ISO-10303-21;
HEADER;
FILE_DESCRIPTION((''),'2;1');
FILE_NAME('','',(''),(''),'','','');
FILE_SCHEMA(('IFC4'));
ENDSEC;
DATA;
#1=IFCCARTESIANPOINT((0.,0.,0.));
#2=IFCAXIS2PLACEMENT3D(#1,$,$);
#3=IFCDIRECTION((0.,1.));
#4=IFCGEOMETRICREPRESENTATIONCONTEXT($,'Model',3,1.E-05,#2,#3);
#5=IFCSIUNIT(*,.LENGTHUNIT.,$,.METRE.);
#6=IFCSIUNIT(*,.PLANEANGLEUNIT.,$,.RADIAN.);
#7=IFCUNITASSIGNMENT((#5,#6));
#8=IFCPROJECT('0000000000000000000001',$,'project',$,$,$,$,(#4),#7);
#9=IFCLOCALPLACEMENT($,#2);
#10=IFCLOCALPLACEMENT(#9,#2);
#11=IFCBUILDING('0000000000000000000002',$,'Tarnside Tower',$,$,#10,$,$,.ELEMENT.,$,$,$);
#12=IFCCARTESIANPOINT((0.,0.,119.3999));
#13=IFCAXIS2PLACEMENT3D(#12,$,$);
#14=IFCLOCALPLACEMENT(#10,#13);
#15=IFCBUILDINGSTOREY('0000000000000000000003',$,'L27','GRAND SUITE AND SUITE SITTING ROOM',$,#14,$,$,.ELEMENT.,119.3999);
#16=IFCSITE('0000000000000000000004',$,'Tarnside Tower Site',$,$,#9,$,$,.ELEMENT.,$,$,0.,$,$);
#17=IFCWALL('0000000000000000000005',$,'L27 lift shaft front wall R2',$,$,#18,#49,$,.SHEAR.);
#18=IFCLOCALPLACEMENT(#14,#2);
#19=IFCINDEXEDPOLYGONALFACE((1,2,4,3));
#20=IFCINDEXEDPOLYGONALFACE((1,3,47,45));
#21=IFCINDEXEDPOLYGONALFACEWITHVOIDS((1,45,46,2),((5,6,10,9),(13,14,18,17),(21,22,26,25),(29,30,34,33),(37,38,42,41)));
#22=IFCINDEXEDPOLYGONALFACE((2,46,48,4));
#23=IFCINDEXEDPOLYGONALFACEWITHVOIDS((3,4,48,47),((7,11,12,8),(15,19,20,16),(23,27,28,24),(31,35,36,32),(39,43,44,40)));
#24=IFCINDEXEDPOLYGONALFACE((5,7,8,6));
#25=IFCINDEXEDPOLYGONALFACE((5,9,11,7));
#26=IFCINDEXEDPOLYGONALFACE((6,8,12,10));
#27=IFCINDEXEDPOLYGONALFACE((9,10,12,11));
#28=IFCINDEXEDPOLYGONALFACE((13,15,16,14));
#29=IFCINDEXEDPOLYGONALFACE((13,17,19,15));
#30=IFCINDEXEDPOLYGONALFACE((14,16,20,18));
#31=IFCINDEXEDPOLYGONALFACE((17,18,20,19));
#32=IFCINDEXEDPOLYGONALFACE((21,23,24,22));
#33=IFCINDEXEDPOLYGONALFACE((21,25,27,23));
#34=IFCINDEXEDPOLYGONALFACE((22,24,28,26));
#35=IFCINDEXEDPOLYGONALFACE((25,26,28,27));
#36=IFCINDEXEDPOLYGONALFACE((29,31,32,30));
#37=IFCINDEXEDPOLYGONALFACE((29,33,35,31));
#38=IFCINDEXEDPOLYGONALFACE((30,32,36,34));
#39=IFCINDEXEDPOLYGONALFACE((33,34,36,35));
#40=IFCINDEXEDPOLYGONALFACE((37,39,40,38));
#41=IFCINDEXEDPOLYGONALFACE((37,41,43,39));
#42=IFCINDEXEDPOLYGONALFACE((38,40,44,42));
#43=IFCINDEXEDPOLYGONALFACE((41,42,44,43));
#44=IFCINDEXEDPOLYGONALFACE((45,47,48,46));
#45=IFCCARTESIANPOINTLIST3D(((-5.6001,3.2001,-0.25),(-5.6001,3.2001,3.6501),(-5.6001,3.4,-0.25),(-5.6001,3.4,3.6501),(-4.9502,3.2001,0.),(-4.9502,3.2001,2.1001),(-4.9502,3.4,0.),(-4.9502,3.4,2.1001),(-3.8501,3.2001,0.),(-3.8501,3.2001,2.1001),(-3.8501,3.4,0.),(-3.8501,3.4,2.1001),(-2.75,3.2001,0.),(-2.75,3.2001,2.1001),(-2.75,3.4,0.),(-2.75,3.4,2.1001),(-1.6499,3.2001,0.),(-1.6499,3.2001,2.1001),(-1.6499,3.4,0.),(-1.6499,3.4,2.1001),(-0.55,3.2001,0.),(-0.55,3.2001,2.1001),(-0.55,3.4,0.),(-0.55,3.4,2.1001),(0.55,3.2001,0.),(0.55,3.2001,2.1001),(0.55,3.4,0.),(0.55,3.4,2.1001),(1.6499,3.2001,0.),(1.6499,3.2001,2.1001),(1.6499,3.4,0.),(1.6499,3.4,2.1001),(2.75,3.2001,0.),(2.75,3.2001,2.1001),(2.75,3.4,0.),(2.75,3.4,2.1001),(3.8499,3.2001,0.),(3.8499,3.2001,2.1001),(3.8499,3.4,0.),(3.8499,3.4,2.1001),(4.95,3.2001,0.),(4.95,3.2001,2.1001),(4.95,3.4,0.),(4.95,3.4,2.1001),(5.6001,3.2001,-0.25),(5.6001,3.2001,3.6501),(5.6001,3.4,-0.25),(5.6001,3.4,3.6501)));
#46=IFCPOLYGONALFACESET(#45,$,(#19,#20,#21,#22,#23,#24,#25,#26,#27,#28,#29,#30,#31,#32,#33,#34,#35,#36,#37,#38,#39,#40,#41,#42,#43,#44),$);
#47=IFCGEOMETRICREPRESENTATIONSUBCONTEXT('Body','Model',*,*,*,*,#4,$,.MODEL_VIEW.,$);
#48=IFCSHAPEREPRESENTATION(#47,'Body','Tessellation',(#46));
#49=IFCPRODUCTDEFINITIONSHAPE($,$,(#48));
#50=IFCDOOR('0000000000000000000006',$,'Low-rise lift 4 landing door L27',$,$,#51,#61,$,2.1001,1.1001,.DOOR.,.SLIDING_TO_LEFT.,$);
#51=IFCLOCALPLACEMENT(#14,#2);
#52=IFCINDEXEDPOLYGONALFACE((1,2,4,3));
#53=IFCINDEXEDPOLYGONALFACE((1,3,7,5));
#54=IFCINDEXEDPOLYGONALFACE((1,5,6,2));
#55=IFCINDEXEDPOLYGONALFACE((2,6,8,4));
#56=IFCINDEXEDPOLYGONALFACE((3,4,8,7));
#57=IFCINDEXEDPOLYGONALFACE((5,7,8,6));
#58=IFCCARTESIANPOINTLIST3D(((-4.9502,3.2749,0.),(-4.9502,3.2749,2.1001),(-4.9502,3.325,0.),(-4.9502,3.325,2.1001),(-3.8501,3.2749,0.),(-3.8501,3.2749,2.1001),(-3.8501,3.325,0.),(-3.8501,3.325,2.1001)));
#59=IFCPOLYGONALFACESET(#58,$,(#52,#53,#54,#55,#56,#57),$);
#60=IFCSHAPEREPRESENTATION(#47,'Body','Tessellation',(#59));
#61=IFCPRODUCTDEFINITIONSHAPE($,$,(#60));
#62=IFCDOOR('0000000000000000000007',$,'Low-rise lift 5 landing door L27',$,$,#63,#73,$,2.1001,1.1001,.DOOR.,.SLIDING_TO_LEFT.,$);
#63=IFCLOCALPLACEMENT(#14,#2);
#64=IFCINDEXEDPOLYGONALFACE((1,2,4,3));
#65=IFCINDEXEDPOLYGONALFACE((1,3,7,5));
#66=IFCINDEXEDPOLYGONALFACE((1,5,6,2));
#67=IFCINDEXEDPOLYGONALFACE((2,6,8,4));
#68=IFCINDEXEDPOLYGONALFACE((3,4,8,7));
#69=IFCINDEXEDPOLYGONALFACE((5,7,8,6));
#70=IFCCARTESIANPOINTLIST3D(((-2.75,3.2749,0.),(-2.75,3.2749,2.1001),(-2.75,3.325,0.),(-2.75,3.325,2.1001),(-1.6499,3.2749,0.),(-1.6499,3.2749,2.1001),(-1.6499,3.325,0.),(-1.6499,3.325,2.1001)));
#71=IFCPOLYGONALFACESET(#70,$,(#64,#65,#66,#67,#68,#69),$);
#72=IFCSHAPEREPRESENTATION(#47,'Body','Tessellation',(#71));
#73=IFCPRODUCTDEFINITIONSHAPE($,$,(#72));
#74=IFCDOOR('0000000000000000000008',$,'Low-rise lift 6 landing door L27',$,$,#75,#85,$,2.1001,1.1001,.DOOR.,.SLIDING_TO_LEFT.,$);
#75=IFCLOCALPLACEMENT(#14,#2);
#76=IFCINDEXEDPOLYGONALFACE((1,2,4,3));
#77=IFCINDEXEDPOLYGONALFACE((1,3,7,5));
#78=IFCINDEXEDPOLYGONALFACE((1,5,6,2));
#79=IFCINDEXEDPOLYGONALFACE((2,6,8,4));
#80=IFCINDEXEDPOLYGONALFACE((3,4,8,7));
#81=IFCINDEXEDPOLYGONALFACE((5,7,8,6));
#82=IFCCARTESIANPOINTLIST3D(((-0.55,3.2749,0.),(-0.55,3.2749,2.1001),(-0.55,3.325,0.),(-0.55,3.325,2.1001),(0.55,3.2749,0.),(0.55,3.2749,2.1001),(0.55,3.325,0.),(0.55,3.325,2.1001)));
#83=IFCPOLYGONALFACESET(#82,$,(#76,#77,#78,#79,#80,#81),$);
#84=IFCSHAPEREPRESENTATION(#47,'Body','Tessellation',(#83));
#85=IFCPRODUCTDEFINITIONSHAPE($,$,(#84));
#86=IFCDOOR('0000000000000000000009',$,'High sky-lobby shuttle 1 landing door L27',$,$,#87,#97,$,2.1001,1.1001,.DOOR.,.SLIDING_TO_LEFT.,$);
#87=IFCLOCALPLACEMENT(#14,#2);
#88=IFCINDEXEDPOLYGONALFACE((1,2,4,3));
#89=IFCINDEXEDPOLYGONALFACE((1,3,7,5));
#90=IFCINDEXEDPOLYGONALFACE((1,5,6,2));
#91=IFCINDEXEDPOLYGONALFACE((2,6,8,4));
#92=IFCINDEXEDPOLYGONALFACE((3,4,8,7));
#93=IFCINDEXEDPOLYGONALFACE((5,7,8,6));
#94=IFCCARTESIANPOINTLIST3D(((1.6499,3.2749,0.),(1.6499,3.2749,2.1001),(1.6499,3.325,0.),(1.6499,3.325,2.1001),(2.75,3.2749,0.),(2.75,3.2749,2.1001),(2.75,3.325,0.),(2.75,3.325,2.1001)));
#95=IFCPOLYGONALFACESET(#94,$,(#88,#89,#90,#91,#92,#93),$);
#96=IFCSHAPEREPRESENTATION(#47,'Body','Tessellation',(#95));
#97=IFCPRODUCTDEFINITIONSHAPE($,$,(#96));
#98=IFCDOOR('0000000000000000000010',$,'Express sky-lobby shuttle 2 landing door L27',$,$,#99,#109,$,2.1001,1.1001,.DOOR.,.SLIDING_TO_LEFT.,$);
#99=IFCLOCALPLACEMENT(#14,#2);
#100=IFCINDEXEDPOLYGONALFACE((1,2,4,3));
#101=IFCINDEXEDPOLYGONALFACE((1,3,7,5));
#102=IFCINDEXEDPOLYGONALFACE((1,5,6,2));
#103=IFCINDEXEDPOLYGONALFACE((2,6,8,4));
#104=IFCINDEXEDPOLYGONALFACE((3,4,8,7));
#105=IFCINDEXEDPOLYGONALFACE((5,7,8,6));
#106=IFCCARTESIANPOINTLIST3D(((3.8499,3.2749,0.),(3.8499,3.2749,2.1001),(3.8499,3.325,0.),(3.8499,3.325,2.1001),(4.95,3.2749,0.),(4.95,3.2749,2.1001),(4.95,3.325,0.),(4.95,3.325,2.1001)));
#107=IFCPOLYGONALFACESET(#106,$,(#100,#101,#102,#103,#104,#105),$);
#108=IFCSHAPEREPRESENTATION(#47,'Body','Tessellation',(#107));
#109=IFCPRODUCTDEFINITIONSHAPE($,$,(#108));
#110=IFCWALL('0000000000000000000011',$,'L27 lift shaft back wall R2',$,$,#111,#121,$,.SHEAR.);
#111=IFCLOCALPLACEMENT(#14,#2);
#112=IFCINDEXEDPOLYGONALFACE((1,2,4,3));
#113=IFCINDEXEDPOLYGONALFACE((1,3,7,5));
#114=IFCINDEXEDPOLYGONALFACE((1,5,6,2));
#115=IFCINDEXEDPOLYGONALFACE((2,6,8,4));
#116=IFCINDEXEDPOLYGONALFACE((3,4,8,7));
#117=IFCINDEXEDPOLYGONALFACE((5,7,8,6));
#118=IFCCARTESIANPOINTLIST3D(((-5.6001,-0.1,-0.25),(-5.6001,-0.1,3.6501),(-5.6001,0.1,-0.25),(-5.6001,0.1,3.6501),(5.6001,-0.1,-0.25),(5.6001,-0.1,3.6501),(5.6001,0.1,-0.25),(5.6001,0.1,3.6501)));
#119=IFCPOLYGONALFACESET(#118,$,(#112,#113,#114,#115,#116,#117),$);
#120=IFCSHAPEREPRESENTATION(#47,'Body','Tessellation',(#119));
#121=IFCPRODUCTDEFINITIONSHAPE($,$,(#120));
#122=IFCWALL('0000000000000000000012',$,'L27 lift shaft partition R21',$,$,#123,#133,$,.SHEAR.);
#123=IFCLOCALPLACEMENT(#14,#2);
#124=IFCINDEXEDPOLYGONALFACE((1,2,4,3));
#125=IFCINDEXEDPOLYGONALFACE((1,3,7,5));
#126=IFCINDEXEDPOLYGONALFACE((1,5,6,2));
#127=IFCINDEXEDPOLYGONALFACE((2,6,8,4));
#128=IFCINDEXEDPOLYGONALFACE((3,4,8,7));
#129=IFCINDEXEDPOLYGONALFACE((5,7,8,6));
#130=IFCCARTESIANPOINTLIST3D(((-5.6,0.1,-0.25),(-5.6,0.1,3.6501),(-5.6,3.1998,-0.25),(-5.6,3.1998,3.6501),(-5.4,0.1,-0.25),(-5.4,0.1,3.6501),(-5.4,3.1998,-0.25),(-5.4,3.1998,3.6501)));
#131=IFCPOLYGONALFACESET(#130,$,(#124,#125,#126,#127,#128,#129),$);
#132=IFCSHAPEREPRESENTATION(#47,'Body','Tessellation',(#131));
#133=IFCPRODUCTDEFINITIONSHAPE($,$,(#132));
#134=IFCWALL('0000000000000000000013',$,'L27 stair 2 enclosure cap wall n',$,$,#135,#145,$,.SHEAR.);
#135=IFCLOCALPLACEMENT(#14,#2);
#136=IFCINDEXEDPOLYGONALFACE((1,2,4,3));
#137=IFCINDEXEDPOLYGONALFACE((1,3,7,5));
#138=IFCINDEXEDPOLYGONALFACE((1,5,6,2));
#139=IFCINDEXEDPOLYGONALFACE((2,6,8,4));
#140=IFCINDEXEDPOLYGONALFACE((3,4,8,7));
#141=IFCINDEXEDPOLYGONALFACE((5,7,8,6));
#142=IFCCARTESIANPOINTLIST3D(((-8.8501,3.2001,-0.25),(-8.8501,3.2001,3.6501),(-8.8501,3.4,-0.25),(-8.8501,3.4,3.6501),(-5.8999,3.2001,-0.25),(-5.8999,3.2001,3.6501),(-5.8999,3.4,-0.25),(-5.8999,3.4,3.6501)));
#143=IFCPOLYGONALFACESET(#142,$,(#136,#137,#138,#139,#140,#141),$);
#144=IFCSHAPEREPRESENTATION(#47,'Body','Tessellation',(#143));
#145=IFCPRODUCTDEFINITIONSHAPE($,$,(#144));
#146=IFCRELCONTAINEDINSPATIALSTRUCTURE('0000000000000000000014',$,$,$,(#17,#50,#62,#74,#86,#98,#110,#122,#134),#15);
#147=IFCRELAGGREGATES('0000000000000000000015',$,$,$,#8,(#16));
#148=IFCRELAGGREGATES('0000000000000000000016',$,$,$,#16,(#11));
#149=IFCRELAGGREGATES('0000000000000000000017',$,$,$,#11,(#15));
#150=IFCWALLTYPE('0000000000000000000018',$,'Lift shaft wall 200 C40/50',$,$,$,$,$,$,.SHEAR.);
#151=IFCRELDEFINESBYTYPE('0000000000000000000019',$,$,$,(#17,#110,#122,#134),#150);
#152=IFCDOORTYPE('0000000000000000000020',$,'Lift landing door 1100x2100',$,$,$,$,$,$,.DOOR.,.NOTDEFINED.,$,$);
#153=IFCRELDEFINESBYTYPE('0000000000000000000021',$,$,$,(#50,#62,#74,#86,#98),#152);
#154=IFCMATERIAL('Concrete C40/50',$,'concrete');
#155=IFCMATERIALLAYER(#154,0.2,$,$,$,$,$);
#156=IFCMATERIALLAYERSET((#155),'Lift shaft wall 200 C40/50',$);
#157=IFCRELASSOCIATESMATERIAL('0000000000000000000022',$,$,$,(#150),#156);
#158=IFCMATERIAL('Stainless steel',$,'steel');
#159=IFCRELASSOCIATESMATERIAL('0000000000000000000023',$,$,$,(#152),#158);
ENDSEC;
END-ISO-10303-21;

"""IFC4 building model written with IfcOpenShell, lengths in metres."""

from ifc_helpers import new_model, si_unit, direction, frame, frame_2d, origin, place, context, subcontext, project, spatial, rectangle, extrude, material, layer, layer_set, type_object, element, fill, save


model = new_model("IFC4")

# Units and contexts
model_context = context("Model", 3, precision=1e-05, world=origin(), true_north=direction((0.0, 1.0)))
body_context = subcontext(model_context, "Body", "Model", "MODEL_VIEW")
ifc_project = project(units=[si_unit("LENGTHUNIT", "METRE"), si_unit("PLANEANGLEUNIT", "RADIAN")], contexts=[model_context])

# Site, building, storey
site_placement = place(None, origin())
site = spatial("IfcSite", under=ifc_project, at=site_placement, Name="Tarnside Tower Site", CompositionType="ELEMENT", RefElevation=0.0)
building_placement = place(site_placement, origin())
building = spatial("IfcBuilding", under=site, at=building_placement, Name="Tarnside Tower", CompositionType="ELEMENT")
storey_placement = place(building_placement, frame((0.0, 0.0, 119.3999)))
storey = spatial("IfcBuildingStorey", under=building, at=storey_placement, Name="L27", Description="GRAND SUITE AND SUITE SITTING ROOM", CompositionType="ELEMENT", Elevation=119.3999)

# Shared definitions
ifc_material_1 = material(Name="Concrete C40/50", Category="concrete")

# Wall, openings, doors
ifc_layer_1 = layer(ifc_material_1, 0.2)
ifc_layer_set_1 = layer_set([ifc_layer_1], Name="Lift shaft wall 200 C40/50")
wall_type_1 = type_object("IfcWallType", Name="Lift shaft wall 200 C40/50", PredefinedType="SHEAR", material=ifc_layer_set_1)
ifc_material_2 = material(Name="Stainless steel", Category="steel")
door_type_1 = type_object("IfcDoorType", Name="Lift landing door 1100x2100", OperationType="NOTDEFINED", PredefinedType="DOOR", material=ifc_material_2)
wall_1_placement = place(storey_placement, frame((-5.6001, 3.3, -0.25), z_axis=(0.0, 0.0, 1.0), x_axis=(1.0, 0.0, 0.0)))
wall_1 = element("IfcWall", 1, at=wall_1_placement, inside=storey, type_object=wall_type_1, Name="L27 lift shaft front wall R2", PredefinedType="SHEAR", context=body_context, shape_type="SweptSolid", body=[
    extrude(rectangle(XDim=11.2002, YDim=0.2, at=frame_2d((5.6001, 0.0))), origin(), (0.0, 0.0, 1.0), 3.9001),
])
opening_1_placement = place(wall_1_placement, frame((0.6499, 0.0, 0.25)))
opening_1 = element("IfcOpeningElement", 2, at=opening_1_placement, cuts=wall_1, PredefinedType="OPENING", context=body_context, shape_type="SweptSolid", body=[
    extrude(rectangle(XDim=1.1001, YDim=2.1001, at=frame_2d((0.55, 1.05))), frame((0.0, 0.1099, 0.0), z_axis=(0.0, -1.0, 0.0), x_axis=(1.0, 0.0, 0.0)), (0.0, 0.0, 1.0), 0.22),
])
opening_2_placement = place(wall_1_placement, frame((2.8501, 0.0, 0.25)))
opening_2 = element("IfcOpeningElement", 3, at=opening_2_placement, cuts=wall_1, PredefinedType="OPENING", context=body_context, shape_type="SweptSolid", body=[
    extrude(rectangle(XDim=1.1001, YDim=2.1001, at=frame_2d((0.55, 1.05))), frame((0.0, 0.1099, 0.0), z_axis=(0.0, -1.0, 0.0), x_axis=(1.0, 0.0, 0.0)), (0.0, 0.0, 1.0), 0.22),
])
opening_3_placement = place(wall_1_placement, frame((5.05, 0.0, 0.25)))
opening_3 = element("IfcOpeningElement", 4, at=opening_3_placement, cuts=wall_1, PredefinedType="OPENING", context=body_context, shape_type="SweptSolid", body=[
    extrude(rectangle(XDim=1.1001, YDim=2.1001, at=frame_2d((0.55, 1.05))), frame((0.0, 0.1099, 0.0), z_axis=(0.0, -1.0, 0.0), x_axis=(1.0, 0.0, 0.0)), (0.0, 0.0, 1.0), 0.22),
])
opening_4_placement = place(wall_1_placement, frame((7.25, 0.0, 0.25)))
opening_4 = element("IfcOpeningElement", 5, at=opening_4_placement, cuts=wall_1, PredefinedType="OPENING", context=body_context, shape_type="SweptSolid", body=[
    extrude(rectangle(XDim=1.1001, YDim=2.1001, at=frame_2d((0.55, 1.05))), frame((0.0, 0.1099, 0.0), z_axis=(0.0, -1.0, 0.0), x_axis=(1.0, 0.0, 0.0)), (0.0, 0.0, 1.0), 0.22),
])
opening_5_placement = place(wall_1_placement, frame((9.45, 0.0, 0.25)))
opening_5 = element("IfcOpeningElement", 6, at=opening_5_placement, cuts=wall_1, PredefinedType="OPENING", context=body_context, shape_type="SweptSolid", body=[
    extrude(rectangle(XDim=1.1001, YDim=2.1001, at=frame_2d((0.55, 1.05))), frame((0.0, 0.1099, 0.0), z_axis=(0.0, -1.0, 0.0), x_axis=(1.0, 0.0, 0.0)), (0.0, 0.0, 1.0), 0.22),
])
door_1_placement = place(opening_1_placement, origin())
door_1 = element("IfcDoor", 7, at=door_1_placement, inside=storey, type_object=door_type_1, Name="Low-rise lift 4 landing door L27", OperationType="SLIDING_TO_LEFT", OverallHeight=2.1001, OverallWidth=1.1001, PredefinedType="DOOR", context=body_context, shape_type="SweptSolid", body=[
    extrude(rectangle(XDim=1.1001, YDim=2.1001, at=frame_2d((0.55, 1.05))), frame((0.0, 0.0249, 0.0), z_axis=(0.0, -1.0, 0.0), x_axis=(1.0, 0.0, 0.0)), (0.0, 0.0, 1.0), 0.05),
])
fill(opening_1, door_1)
door_2_placement = place(opening_2_placement, origin())
door_2 = element("IfcDoor", 8, at=door_2_placement, inside=storey, type_object=door_type_1, Name="Low-rise lift 5 landing door L27", OperationType="SLIDING_TO_LEFT", OverallHeight=2.1001, OverallWidth=1.1001, PredefinedType="DOOR", context=body_context, shape_type="SweptSolid", body=[
    extrude(rectangle(XDim=1.1001, YDim=2.1001, at=frame_2d((0.55, 1.05))), frame((0.0, 0.0249, 0.0), z_axis=(0.0, -1.0, 0.0), x_axis=(1.0, 0.0, 0.0)), (0.0, 0.0, 1.0), 0.05),
])
fill(opening_2, door_2)
door_3_placement = place(opening_3_placement, origin())
door_3 = element("IfcDoor", 9, at=door_3_placement, inside=storey, type_object=door_type_1, Name="Low-rise lift 6 landing door L27", OperationType="SLIDING_TO_LEFT", OverallHeight=2.1001, OverallWidth=1.1001, PredefinedType="DOOR", context=body_context, shape_type="SweptSolid", body=[
    extrude(rectangle(XDim=1.1001, YDim=2.1001, at=frame_2d((0.55, 1.05))), frame((0.0, 0.0249, 0.0), z_axis=(0.0, -1.0, 0.0), x_axis=(1.0, 0.0, 0.0)), (0.0, 0.0, 1.0), 0.05),
])
fill(opening_3, door_3)
door_4_placement = place(opening_4_placement, origin())
door_4 = element("IfcDoor", 10, at=door_4_placement, inside=storey, type_object=door_type_1, Name="High sky-lobby shuttle 1 landing door L27", OperationType="SLIDING_TO_LEFT", OverallHeight=2.1001, OverallWidth=1.1001, PredefinedType="DOOR", context=body_context, shape_type="SweptSolid", body=[
    extrude(rectangle(XDim=1.1001, YDim=2.1001, at=frame_2d((0.55, 1.05))), frame((0.0, 0.0249, 0.0), z_axis=(0.0, -1.0, 0.0), x_axis=(1.0, 0.0, 0.0)), (0.0, 0.0, 1.0), 0.05),
])
fill(opening_4, door_4)
door_5_placement = place(opening_5_placement, origin())
door_5 = element("IfcDoor", 11, at=door_5_placement, inside=storey, type_object=door_type_1, Name="Express sky-lobby shuttle 2 landing door L27", OperationType="SLIDING_TO_LEFT", OverallHeight=2.1001, OverallWidth=1.1001, PredefinedType="DOOR", context=body_context, shape_type="SweptSolid", body=[
    extrude(rectangle(XDim=1.1001, YDim=2.1001, at=frame_2d((0.55, 1.05))), frame((0.0, 0.0249, 0.0), z_axis=(0.0, -1.0, 0.0), x_axis=(1.0, 0.0, 0.0)), (0.0, 0.0, 1.0), 0.05),
])
fill(opening_5, door_5)

# Walls
wall_2_placement = place(storey_placement, frame((-5.6001, 0.0, -0.25), z_axis=(0.0, 0.0, 1.0), x_axis=(1.0, 0.0, 0.0)))
element("IfcWall", 12, at=wall_2_placement, inside=storey, type_object=wall_type_1, Name="L27 lift shaft back wall R2", PredefinedType="SHEAR", context=body_context, shape_type="SweptSolid", body=[
    extrude(rectangle(XDim=11.2002, YDim=0.2, at=frame_2d((5.6001, 0.0))), origin(), (0.0, 0.0, 1.0), 3.9001),
])
wall_3_placement = place(storey_placement, frame((-5.5, 0.1001, -0.25), z_axis=(0.0, 0.0, 1.0), x_axis=(0.0, 1.0, 0.0)))
element("IfcWall", 13, at=wall_3_placement, inside=storey, type_object=wall_type_1, Name="L27 lift shaft partition R21", PredefinedType="SHEAR", context=body_context, shape_type="SweptSolid", body=[
    extrude(rectangle(XDim=3.0999, YDim=0.2, at=frame_2d((1.5498, 0.0))), origin(), (0.0, 0.0, 1.0), 3.9001),
])
wall_4_placement = place(storey_placement, frame((-8.8501, 3.3, -0.25), z_axis=(0.0, 0.0, 1.0), x_axis=(1.0, 0.0, 0.0)))
element("IfcWall", 14, at=wall_4_placement, inside=storey, type_object=wall_type_1, Name="L27 stair 2 enclosure cap wall n", PredefinedType="SHEAR", context=body_context, shape_type="SweptSolid", body=[
    extrude(rectangle(XDim=2.9502, YDim=0.2, at=frame_2d((1.4751, 0.0))), origin(), (0.0, 0.0, 1.0), 3.9001),
])

save(model, "model.ifc")
